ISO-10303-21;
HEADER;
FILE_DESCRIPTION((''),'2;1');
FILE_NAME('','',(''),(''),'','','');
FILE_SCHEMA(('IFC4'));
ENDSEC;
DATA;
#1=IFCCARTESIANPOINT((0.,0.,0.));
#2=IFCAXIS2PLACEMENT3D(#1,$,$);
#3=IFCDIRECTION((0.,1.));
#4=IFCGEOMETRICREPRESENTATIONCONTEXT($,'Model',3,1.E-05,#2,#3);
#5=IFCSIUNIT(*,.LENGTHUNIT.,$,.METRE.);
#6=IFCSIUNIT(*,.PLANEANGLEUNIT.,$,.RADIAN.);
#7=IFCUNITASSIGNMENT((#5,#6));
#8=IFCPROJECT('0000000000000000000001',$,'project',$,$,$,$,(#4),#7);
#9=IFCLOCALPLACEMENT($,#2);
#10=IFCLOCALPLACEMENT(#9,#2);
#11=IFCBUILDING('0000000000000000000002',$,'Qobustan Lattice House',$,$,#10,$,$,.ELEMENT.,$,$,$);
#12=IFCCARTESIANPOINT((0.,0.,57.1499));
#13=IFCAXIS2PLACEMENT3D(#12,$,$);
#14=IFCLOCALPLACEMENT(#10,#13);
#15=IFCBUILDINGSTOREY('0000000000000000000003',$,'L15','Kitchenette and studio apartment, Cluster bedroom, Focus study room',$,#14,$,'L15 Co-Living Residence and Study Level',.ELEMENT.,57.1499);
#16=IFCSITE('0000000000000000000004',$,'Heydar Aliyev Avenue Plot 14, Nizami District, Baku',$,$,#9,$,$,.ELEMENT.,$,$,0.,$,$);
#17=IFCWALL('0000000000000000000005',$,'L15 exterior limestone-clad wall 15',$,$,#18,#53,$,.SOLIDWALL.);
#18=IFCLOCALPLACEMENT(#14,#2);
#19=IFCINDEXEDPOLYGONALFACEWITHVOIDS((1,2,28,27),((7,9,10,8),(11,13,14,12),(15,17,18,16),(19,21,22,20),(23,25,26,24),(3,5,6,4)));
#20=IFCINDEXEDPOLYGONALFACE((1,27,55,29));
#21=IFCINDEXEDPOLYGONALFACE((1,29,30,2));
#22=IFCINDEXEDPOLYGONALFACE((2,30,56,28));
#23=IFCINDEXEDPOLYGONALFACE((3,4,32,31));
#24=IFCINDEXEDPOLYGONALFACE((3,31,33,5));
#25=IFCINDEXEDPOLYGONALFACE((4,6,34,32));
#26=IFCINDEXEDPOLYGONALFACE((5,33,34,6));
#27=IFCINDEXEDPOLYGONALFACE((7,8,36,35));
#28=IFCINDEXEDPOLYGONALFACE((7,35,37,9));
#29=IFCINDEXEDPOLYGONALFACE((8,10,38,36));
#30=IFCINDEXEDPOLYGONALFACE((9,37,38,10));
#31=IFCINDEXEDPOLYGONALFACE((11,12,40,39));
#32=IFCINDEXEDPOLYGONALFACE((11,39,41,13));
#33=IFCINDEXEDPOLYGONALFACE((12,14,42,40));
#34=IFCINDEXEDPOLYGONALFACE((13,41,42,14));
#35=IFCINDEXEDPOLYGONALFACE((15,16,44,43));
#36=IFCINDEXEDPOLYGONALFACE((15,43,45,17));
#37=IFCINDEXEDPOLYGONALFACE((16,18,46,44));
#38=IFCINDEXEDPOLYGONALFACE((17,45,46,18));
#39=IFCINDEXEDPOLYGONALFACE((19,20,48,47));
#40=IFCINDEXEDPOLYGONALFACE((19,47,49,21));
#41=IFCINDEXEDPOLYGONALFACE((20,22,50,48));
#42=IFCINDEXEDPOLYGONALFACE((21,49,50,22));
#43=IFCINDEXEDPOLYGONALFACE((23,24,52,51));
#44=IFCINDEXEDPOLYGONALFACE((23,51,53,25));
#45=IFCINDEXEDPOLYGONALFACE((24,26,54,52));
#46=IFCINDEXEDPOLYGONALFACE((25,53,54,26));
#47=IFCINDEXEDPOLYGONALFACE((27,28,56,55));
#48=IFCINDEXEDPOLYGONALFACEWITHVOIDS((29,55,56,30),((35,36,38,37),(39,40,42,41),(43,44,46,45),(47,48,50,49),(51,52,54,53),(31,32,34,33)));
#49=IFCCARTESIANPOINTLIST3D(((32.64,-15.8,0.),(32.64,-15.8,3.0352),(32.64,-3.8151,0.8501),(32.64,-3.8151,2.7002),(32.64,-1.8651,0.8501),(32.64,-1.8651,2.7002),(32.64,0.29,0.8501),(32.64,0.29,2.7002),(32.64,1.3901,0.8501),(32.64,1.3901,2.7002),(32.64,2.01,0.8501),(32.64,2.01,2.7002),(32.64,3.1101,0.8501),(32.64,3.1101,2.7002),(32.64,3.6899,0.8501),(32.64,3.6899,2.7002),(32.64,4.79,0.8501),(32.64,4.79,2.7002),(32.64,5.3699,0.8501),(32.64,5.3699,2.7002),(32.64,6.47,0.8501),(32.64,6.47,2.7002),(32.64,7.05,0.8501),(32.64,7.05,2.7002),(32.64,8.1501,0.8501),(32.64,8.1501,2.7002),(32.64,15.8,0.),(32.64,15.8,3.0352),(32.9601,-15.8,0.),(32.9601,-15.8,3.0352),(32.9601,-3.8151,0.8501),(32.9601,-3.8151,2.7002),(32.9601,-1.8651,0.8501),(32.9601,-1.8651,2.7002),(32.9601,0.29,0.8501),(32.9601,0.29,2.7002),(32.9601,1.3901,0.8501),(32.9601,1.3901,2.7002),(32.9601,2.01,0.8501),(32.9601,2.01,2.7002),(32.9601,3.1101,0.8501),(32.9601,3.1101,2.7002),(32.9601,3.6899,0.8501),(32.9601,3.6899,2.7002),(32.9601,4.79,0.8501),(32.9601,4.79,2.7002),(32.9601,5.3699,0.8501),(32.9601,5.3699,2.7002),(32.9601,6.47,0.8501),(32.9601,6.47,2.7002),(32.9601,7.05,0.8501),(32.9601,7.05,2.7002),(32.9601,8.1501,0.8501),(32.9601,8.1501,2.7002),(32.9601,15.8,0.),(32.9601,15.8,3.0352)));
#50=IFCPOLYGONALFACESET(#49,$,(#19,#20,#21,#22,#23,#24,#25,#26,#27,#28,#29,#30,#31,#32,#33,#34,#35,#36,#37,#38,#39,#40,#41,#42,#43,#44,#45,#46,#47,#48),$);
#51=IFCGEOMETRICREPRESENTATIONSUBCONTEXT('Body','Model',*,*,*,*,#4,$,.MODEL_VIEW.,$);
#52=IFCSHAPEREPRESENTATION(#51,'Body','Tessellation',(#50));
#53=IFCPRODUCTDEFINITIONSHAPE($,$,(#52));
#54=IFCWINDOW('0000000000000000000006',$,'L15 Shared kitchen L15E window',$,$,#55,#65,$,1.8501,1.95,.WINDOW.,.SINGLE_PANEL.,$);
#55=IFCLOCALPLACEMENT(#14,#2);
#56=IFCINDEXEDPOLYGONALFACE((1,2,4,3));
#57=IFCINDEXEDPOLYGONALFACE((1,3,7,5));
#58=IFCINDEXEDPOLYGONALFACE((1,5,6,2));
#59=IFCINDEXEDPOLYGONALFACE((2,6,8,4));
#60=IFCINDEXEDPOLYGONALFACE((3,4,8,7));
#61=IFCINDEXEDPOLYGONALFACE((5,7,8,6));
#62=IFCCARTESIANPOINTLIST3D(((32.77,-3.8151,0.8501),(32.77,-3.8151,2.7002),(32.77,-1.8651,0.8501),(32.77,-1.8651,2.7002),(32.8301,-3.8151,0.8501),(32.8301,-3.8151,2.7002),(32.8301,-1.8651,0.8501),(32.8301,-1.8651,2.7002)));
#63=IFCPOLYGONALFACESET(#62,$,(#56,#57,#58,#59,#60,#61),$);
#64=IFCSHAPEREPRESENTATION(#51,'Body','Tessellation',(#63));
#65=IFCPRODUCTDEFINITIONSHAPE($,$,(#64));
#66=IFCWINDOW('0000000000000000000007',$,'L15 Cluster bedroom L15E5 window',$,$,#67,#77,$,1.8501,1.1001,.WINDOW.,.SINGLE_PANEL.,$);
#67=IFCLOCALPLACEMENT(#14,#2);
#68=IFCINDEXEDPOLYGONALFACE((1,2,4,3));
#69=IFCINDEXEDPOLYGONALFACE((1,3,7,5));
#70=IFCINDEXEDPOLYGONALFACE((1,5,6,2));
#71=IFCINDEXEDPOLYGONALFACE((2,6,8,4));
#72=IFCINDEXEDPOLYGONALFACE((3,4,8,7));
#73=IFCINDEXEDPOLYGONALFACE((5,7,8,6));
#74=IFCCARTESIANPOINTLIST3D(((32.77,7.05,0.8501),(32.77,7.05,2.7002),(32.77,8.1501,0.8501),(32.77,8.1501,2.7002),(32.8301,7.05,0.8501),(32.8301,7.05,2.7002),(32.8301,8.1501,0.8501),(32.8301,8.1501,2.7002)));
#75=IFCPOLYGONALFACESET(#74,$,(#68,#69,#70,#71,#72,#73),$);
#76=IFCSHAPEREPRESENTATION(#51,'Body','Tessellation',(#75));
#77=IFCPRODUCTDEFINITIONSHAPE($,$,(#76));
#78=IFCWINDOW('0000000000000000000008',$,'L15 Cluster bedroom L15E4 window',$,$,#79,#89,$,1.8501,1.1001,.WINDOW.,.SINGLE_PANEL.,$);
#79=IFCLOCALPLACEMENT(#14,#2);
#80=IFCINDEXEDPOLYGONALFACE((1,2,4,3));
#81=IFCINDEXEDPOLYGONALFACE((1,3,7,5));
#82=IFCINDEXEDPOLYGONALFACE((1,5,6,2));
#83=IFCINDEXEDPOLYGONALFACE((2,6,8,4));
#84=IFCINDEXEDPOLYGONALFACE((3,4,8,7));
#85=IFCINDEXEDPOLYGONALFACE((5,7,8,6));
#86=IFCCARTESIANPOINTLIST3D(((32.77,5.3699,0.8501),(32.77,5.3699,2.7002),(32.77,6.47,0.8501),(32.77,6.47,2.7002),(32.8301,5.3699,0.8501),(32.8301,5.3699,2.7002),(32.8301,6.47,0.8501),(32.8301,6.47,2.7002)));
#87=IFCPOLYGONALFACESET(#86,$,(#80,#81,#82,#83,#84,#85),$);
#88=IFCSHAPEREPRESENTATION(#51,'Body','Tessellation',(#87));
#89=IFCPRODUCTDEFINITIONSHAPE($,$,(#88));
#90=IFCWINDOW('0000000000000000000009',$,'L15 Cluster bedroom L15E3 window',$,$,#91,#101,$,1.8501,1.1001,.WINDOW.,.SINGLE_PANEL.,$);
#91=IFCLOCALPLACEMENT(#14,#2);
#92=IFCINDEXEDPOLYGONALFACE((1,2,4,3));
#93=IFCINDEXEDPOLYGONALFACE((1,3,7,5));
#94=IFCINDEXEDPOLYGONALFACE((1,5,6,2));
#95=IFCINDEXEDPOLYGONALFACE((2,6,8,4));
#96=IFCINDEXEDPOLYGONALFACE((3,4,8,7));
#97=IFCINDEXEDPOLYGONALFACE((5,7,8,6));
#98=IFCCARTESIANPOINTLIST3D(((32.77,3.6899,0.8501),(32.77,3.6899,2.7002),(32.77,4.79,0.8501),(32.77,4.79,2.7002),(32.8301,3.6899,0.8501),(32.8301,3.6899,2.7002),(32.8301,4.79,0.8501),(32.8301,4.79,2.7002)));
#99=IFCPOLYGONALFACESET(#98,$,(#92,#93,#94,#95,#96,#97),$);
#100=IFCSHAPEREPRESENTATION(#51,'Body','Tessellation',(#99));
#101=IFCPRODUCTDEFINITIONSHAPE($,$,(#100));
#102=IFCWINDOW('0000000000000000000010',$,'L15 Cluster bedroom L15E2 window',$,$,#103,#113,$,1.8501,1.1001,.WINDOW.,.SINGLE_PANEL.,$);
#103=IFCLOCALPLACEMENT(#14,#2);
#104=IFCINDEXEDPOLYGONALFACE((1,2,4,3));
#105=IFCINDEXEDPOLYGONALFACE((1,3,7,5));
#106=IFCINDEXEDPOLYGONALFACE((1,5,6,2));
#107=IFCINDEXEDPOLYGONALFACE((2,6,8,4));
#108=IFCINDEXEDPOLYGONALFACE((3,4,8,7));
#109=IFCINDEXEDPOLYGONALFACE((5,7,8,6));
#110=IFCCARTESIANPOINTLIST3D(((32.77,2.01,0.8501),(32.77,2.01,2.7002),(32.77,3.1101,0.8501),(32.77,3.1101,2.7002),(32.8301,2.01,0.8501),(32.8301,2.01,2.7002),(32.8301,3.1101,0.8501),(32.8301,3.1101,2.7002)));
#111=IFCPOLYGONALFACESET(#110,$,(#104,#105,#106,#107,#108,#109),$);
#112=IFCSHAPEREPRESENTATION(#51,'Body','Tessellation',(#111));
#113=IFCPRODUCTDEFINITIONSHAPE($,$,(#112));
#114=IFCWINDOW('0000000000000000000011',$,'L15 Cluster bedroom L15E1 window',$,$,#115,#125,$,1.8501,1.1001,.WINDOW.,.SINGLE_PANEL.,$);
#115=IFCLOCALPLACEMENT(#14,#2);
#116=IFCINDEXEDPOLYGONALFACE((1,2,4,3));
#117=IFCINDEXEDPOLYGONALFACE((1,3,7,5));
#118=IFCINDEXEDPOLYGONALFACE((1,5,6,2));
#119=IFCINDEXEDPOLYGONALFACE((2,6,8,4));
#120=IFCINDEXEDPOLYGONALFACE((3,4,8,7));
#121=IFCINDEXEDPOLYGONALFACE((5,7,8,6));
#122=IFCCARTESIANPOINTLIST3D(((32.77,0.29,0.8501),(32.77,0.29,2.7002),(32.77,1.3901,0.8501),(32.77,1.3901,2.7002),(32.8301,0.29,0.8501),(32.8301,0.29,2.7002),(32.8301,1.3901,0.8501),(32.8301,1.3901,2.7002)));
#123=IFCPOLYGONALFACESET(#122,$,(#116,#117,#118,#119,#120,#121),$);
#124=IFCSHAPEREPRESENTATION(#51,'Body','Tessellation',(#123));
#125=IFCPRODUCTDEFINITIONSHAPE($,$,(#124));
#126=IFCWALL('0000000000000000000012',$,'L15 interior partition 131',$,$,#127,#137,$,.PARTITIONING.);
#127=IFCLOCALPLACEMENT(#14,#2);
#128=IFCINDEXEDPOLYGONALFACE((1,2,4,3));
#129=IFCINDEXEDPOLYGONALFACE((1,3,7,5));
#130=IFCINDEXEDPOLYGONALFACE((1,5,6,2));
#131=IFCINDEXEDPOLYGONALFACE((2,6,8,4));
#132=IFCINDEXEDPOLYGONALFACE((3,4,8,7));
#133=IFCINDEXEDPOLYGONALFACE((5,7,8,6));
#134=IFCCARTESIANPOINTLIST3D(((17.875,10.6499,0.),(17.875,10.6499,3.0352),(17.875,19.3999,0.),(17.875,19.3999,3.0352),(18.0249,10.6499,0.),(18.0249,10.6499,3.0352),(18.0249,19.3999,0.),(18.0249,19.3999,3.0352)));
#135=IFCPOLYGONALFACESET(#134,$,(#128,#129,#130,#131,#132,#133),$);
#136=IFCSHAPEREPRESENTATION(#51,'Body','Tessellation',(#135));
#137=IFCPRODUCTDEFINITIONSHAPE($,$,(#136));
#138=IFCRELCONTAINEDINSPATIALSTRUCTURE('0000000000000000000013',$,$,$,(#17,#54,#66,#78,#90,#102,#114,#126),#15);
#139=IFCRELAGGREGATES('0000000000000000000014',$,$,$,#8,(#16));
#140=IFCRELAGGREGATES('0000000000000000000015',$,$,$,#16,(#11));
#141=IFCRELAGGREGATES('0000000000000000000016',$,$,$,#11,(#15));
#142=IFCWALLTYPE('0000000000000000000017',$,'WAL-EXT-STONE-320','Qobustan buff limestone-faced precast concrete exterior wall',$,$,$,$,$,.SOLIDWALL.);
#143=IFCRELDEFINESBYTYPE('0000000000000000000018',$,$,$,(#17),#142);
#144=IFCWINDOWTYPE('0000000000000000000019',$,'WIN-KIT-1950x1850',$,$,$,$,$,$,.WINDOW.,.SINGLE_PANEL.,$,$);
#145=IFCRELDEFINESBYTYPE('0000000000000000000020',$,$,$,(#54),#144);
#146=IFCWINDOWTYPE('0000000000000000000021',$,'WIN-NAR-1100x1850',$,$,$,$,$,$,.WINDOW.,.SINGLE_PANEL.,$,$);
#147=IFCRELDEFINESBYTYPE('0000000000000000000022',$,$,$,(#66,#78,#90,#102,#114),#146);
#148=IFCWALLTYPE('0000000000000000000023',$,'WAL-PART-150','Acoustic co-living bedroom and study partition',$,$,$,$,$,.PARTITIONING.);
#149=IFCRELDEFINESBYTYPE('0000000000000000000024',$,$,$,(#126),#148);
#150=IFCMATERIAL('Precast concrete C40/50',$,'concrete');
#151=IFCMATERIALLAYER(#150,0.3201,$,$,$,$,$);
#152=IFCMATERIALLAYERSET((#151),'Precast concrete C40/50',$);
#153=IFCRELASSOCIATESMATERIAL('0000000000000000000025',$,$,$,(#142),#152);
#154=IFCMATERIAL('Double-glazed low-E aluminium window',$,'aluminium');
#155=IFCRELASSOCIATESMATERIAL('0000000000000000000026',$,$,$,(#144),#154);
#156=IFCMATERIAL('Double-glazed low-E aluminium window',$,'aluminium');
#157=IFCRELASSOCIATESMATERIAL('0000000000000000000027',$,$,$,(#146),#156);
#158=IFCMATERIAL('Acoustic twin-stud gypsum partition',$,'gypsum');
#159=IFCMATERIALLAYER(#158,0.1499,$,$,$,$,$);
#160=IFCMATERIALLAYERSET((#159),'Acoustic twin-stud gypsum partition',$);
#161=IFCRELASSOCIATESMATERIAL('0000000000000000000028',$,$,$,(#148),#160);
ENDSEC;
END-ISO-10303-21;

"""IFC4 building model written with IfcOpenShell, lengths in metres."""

from ifc_helpers import new_model, si_unit, direction, frame, frame_2d, origin, place, context, subcontext, project, spatial, rectangle, extrude, material, layer, layer_set, type_object, element, fill, save


model = new_model("IFC4")

# Units and contexts
model_context = context("Model", 3, precision=1e-05, world=origin(), true_north=direction((0.0, 1.0)))
body_context = subcontext(model_context, "Body", "Model", "MODEL_VIEW")
ifc_project = project(units=[si_unit("LENGTHUNIT", "METRE"), si_unit("PLANEANGLEUNIT", "RADIAN")], contexts=[model_context])

# Site, building, storey
site_placement = place(None, origin())
site = spatial("IfcSite", under=ifc_project, at=site_placement, Name="Heydar Aliyev Avenue Plot 14, Nizami District, Baku", CompositionType="ELEMENT", RefElevation=0.0)
building_placement = place(site_placement, origin())
building = spatial("IfcBuilding", under=site, at=building_placement, Name="Qobustan Lattice House", CompositionType="ELEMENT")
storey_placement = place(building_placement, frame((0.0, 0.0, 57.1499)))
storey = spatial("IfcBuildingStorey", under=building, at=storey_placement, Name="L15", Description="Kitchenette and studio apartment, Cluster bedroom, Focus study room", LongName="L15 Co-Living Residence and Study Level", CompositionType="ELEMENT", Elevation=57.1499)

# Shared definitions
ifc_material_1 = material(Name="Precast concrete C40/50", Category="concrete")
ifc_layer_1 = layer(ifc_material_1, 0.3201)
ifc_layer_set_1 = layer_set([ifc_layer_1], Name="Precast concrete C40/50")
wall_type_1 = type_object("IfcWallType", Name="WAL-EXT-STONE-320", Description="Qobustan buff limestone-faced precast concrete exterior wall", PredefinedType="SOLIDWALL", material=ifc_layer_set_1)

# Wall, openings, windows
wall_1_placement = place(storey_placement, frame((32.8, 15.8, 0.0), z_axis=(0.0, 0.0, 1.0), x_axis=(0.0, -1.0, 0.0)))
wall_1 = element("IfcWall", 1, at=wall_1_placement, inside=storey, type_object=wall_type_1, Name="L15 exterior limestone-clad wall 15", PredefinedType="SOLIDWALL", context=body_context, shape_type="SweptSolid", body=[
    extrude(rectangle(XDim=31.6001, YDim=0.3201, at=frame_2d((15.8, 0.0))), origin(), (0.0, 0.0, 1.0), 3.0352),
])
opening_1_placement = place(wall_1_placement, frame((7.6499, 0.0, 0.8501)))
opening_1 = element("IfcOpeningElement", 2, at=opening_1_placement, cuts=wall_1, PredefinedType="OPENING", context=body_context, shape_type="SweptSolid", body=[
    extrude(rectangle(XDim=1.1001, YDim=1.8501, at=frame_2d((0.55, 0.925))), frame((0.0, 0.1699, 0.0), z_axis=(0.0, -1.0, 0.0), x_axis=(1.0, 0.0, 0.0)), (0.0, 0.0, 1.0), 0.3401),
])
opening_2_placement = place(wall_1_placement, frame((9.3301, 0.0, 0.8501)))
opening_2 = element("IfcOpeningElement", 3, at=opening_2_placement, cuts=wall_1, PredefinedType="OPENING", context=body_context, shape_type="SweptSolid", body=[
    extrude(rectangle(XDim=1.1001, YDim=1.8501, at=frame_2d((0.55, 0.925))), frame((0.0, 0.1699, 0.0), z_axis=(0.0, -1.0, 0.0), x_axis=(1.0, 0.0, 0.0)), (0.0, 0.0, 1.0), 0.3401),
])
opening_3_placement = place(wall_1_placement, frame((11.01, 0.0, 0.8501)))
opening_3 = element("IfcOpeningElement", 4, at=opening_3_placement, cuts=wall_1, PredefinedType="OPENING", context=body_context, shape_type="SweptSolid", body=[
    extrude(rectangle(XDim=1.1001, YDim=1.8501, at=frame_2d((0.55, 0.925))), frame((0.0, 0.1699, 0.0), z_axis=(0.0, -1.0, 0.0), x_axis=(1.0, 0.0, 0.0)), (0.0, 0.0, 1.0), 0.3401),
])
opening_4_placement = place(wall_1_placement, frame((12.6899, 0.0, 0.8501)))
opening_4 = element("IfcOpeningElement", 5, at=opening_4_placement, cuts=wall_1, PredefinedType="OPENING", context=body_context, shape_type="SweptSolid", body=[
    extrude(rectangle(XDim=1.1001, YDim=1.8501, at=frame_2d((0.55, 0.925))), frame((0.0, 0.1699, 0.0), z_axis=(0.0, -1.0, 0.0), x_axis=(1.0, 0.0, 0.0)), (0.0, 0.0, 1.0), 0.3401),
])
opening_5_placement = place(wall_1_placement, frame((14.4099, 0.0, 0.8501)))
opening_5 = element("IfcOpeningElement", 6, at=opening_5_placement, cuts=wall_1, PredefinedType="OPENING", context=body_context, shape_type="SweptSolid", body=[
    extrude(rectangle(XDim=1.1001, YDim=1.8501, at=frame_2d((0.55, 0.925))), frame((0.0, 0.1699, 0.0), z_axis=(0.0, -1.0, 0.0), x_axis=(1.0, 0.0, 0.0)), (0.0, 0.0, 1.0), 0.3401),
])
opening_6_placement = place(wall_1_placement, frame((17.665, 0.0, 0.8501)))
opening_6 = element("IfcOpeningElement", 7, at=opening_6_placement, cuts=wall_1, PredefinedType="OPENING", context=body_context, shape_type="SweptSolid", body=[
    extrude(rectangle(XDim=1.95, YDim=1.8501, at=frame_2d((0.9751, 0.925))), frame((0.0, 0.1699, 0.0), z_axis=(0.0, -1.0, 0.0), x_axis=(1.0, 0.0, 0.0)), (0.0, 0.0, 1.0), 0.3401),
])
ifc_material_2 = material(Name="Double-glazed low-E aluminium window", Category="aluminium")
window_type_1 = type_object("IfcWindowType", Name="WIN-KIT-1950x1850", PartitioningType="SINGLE_PANEL", PredefinedType="WINDOW", material=ifc_material_2)
window_1_placement = place(opening_6_placement, origin())
window_1 = element("IfcWindow", 8, at=window_1_placement, inside=storey, type_object=window_type_1, Name="L15 Shared kitchen L15E window", OverallHeight=1.8501, OverallWidth=1.95, PartitioningType="SINGLE_PANEL", PredefinedType="WINDOW", context=body_context, shape_type="SweptSolid", body=[
    extrude(rectangle(XDim=1.95, YDim=1.8501, at=frame_2d((0.9751, 0.925))), frame((0.0, 0.03, 0.0), z_axis=(0.0, -1.0, 0.0), x_axis=(1.0, 0.0, 0.0)), (0.0, 0.0, 1.0), 0.0601),
])
fill(opening_6, window_1)
ifc_material_3 = material(Name="Double-glazed low-E aluminium window", Category="aluminium")
window_type_2 = type_object("IfcWindowType", Name="WIN-NAR-1100x1850", PartitioningType="SINGLE_PANEL", PredefinedType="WINDOW", material=ifc_material_3)
window_2_placement = place(opening_1_placement, origin())
window_2 = element("IfcWindow", 9, at=window_2_placement, inside=storey, type_object=window_type_2, Name="L15 Cluster bedroom L15E5 window", OverallHeight=1.8501, OverallWidth=1.1001, PartitioningType="SINGLE_PANEL", PredefinedType="WINDOW", context=body_context, shape_type="SweptSolid", body=[
    extrude(rectangle(XDim=1.1001, YDim=1.8501, at=frame_2d((0.55, 0.925))), frame((0.0, 0.03, 0.0), z_axis=(0.0, -1.0, 0.0), x_axis=(1.0, 0.0, 0.0)), (0.0, 0.0, 1.0), 0.0601),
])
fill(opening_1, window_2)
window_3_placement = place(opening_2_placement, origin())
window_3 = element("IfcWindow", 10, at=window_3_placement, inside=storey, type_object=window_type_2, Name="L15 Cluster bedroom L15E4 window", OverallHeight=1.8501, OverallWidth=1.1001, PartitioningType="SINGLE_PANEL", PredefinedType="WINDOW", context=body_context, shape_type="SweptSolid", body=[
    extrude(rectangle(XDim=1.1001, YDim=1.8501, at=frame_2d((0.55, 0.925))), frame((0.0, 0.03, 0.0), z_axis=(0.0, -1.0, 0.0), x_axis=(1.0, 0.0, 0.0)), (0.0, 0.0, 1.0), 0.0601),
])
fill(opening_2, window_3)
window_4_placement = place(opening_3_placement, origin())
window_4 = element("IfcWindow", 11, at=window_4_placement, inside=storey, type_object=window_type_2, Name="L15 Cluster bedroom L15E3 window", OverallHeight=1.8501, OverallWidth=1.1001, PartitioningType="SINGLE_PANEL", PredefinedType="WINDOW", context=body_context, shape_type="SweptSolid", body=[
    extrude(rectangle(XDim=1.1001, YDim=1.8501, at=frame_2d((0.55, 0.925))), frame((0.0, 0.03, 0.0), z_axis=(0.0, -1.0, 0.0), x_axis=(1.0, 0.0, 0.0)), (0.0, 0.0, 1.0), 0.0601),
])
fill(opening_3, window_4)
window_5_placement = place(opening_4_placement, origin())
window_5 = element("IfcWindow", 12, at=window_5_placement, inside=storey, type_object=window_type_2, Name="L15 Cluster bedroom L15E2 window", OverallHeight=1.8501, OverallWidth=1.1001, PartitioningType="SINGLE_PANEL", PredefinedType="WINDOW", context=body_context, shape_type="SweptSolid", body=[
    extrude(rectangle(XDim=1.1001, YDim=1.8501, at=frame_2d((0.55, 0.925))), frame((0.0, 0.03, 0.0), z_axis=(0.0, -1.0, 0.0), x_axis=(1.0, 0.0, 0.0)), (0.0, 0.0, 1.0), 0.0601),
])
fill(opening_4, window_5)
window_6_placement = place(opening_5_placement, origin())
window_6 = element("IfcWindow", 13, at=window_6_placement, inside=storey, type_object=window_type_2, Name="L15 Cluster bedroom L15E1 window", OverallHeight=1.8501, OverallWidth=1.1001, PartitioningType="SINGLE_PANEL", PredefinedType="WINDOW", context=body_context, shape_type="SweptSolid", body=[
    extrude(rectangle(XDim=1.1001, YDim=1.8501, at=frame_2d((0.55, 0.925))), frame((0.0, 0.03, 0.0), z_axis=(0.0, -1.0, 0.0), x_axis=(1.0, 0.0, 0.0)), (0.0, 0.0, 1.0), 0.0601),
])
fill(opening_5, window_6)

# Shared definitions
ifc_material_4 = material(Name="Acoustic twin-stud gypsum partition", Category="gypsum")
ifc_layer_2 = layer(ifc_material_4, 0.1499)
ifc_layer_set_2 = layer_set([ifc_layer_2], Name="Acoustic twin-stud gypsum partition")
wall_type_2 = type_object("IfcWallType", Name="WAL-PART-150", Description="Acoustic co-living bedroom and study partition", PredefinedType="PARTITIONING", material=ifc_layer_set_2)

# Wall
wall_2_placement = place(storey_placement, frame((17.95, 19.3999, 0.0), z_axis=(0.0, 0.0, 1.0), x_axis=(0.0, -1.0, 0.0)))
element("IfcWall", 14, at=wall_2_placement, inside=storey, type_object=wall_type_2, Name="L15 interior partition 131", PredefinedType="PARTITIONING", context=body_context, shape_type="SweptSolid", body=[
    extrude(rectangle(XDim=8.75, YDim=0.1499, at=frame_2d((4.375, 0.0))), origin(), (0.0, 0.0, 1.0), 3.0352),
])

save(model, "model.ifc")
